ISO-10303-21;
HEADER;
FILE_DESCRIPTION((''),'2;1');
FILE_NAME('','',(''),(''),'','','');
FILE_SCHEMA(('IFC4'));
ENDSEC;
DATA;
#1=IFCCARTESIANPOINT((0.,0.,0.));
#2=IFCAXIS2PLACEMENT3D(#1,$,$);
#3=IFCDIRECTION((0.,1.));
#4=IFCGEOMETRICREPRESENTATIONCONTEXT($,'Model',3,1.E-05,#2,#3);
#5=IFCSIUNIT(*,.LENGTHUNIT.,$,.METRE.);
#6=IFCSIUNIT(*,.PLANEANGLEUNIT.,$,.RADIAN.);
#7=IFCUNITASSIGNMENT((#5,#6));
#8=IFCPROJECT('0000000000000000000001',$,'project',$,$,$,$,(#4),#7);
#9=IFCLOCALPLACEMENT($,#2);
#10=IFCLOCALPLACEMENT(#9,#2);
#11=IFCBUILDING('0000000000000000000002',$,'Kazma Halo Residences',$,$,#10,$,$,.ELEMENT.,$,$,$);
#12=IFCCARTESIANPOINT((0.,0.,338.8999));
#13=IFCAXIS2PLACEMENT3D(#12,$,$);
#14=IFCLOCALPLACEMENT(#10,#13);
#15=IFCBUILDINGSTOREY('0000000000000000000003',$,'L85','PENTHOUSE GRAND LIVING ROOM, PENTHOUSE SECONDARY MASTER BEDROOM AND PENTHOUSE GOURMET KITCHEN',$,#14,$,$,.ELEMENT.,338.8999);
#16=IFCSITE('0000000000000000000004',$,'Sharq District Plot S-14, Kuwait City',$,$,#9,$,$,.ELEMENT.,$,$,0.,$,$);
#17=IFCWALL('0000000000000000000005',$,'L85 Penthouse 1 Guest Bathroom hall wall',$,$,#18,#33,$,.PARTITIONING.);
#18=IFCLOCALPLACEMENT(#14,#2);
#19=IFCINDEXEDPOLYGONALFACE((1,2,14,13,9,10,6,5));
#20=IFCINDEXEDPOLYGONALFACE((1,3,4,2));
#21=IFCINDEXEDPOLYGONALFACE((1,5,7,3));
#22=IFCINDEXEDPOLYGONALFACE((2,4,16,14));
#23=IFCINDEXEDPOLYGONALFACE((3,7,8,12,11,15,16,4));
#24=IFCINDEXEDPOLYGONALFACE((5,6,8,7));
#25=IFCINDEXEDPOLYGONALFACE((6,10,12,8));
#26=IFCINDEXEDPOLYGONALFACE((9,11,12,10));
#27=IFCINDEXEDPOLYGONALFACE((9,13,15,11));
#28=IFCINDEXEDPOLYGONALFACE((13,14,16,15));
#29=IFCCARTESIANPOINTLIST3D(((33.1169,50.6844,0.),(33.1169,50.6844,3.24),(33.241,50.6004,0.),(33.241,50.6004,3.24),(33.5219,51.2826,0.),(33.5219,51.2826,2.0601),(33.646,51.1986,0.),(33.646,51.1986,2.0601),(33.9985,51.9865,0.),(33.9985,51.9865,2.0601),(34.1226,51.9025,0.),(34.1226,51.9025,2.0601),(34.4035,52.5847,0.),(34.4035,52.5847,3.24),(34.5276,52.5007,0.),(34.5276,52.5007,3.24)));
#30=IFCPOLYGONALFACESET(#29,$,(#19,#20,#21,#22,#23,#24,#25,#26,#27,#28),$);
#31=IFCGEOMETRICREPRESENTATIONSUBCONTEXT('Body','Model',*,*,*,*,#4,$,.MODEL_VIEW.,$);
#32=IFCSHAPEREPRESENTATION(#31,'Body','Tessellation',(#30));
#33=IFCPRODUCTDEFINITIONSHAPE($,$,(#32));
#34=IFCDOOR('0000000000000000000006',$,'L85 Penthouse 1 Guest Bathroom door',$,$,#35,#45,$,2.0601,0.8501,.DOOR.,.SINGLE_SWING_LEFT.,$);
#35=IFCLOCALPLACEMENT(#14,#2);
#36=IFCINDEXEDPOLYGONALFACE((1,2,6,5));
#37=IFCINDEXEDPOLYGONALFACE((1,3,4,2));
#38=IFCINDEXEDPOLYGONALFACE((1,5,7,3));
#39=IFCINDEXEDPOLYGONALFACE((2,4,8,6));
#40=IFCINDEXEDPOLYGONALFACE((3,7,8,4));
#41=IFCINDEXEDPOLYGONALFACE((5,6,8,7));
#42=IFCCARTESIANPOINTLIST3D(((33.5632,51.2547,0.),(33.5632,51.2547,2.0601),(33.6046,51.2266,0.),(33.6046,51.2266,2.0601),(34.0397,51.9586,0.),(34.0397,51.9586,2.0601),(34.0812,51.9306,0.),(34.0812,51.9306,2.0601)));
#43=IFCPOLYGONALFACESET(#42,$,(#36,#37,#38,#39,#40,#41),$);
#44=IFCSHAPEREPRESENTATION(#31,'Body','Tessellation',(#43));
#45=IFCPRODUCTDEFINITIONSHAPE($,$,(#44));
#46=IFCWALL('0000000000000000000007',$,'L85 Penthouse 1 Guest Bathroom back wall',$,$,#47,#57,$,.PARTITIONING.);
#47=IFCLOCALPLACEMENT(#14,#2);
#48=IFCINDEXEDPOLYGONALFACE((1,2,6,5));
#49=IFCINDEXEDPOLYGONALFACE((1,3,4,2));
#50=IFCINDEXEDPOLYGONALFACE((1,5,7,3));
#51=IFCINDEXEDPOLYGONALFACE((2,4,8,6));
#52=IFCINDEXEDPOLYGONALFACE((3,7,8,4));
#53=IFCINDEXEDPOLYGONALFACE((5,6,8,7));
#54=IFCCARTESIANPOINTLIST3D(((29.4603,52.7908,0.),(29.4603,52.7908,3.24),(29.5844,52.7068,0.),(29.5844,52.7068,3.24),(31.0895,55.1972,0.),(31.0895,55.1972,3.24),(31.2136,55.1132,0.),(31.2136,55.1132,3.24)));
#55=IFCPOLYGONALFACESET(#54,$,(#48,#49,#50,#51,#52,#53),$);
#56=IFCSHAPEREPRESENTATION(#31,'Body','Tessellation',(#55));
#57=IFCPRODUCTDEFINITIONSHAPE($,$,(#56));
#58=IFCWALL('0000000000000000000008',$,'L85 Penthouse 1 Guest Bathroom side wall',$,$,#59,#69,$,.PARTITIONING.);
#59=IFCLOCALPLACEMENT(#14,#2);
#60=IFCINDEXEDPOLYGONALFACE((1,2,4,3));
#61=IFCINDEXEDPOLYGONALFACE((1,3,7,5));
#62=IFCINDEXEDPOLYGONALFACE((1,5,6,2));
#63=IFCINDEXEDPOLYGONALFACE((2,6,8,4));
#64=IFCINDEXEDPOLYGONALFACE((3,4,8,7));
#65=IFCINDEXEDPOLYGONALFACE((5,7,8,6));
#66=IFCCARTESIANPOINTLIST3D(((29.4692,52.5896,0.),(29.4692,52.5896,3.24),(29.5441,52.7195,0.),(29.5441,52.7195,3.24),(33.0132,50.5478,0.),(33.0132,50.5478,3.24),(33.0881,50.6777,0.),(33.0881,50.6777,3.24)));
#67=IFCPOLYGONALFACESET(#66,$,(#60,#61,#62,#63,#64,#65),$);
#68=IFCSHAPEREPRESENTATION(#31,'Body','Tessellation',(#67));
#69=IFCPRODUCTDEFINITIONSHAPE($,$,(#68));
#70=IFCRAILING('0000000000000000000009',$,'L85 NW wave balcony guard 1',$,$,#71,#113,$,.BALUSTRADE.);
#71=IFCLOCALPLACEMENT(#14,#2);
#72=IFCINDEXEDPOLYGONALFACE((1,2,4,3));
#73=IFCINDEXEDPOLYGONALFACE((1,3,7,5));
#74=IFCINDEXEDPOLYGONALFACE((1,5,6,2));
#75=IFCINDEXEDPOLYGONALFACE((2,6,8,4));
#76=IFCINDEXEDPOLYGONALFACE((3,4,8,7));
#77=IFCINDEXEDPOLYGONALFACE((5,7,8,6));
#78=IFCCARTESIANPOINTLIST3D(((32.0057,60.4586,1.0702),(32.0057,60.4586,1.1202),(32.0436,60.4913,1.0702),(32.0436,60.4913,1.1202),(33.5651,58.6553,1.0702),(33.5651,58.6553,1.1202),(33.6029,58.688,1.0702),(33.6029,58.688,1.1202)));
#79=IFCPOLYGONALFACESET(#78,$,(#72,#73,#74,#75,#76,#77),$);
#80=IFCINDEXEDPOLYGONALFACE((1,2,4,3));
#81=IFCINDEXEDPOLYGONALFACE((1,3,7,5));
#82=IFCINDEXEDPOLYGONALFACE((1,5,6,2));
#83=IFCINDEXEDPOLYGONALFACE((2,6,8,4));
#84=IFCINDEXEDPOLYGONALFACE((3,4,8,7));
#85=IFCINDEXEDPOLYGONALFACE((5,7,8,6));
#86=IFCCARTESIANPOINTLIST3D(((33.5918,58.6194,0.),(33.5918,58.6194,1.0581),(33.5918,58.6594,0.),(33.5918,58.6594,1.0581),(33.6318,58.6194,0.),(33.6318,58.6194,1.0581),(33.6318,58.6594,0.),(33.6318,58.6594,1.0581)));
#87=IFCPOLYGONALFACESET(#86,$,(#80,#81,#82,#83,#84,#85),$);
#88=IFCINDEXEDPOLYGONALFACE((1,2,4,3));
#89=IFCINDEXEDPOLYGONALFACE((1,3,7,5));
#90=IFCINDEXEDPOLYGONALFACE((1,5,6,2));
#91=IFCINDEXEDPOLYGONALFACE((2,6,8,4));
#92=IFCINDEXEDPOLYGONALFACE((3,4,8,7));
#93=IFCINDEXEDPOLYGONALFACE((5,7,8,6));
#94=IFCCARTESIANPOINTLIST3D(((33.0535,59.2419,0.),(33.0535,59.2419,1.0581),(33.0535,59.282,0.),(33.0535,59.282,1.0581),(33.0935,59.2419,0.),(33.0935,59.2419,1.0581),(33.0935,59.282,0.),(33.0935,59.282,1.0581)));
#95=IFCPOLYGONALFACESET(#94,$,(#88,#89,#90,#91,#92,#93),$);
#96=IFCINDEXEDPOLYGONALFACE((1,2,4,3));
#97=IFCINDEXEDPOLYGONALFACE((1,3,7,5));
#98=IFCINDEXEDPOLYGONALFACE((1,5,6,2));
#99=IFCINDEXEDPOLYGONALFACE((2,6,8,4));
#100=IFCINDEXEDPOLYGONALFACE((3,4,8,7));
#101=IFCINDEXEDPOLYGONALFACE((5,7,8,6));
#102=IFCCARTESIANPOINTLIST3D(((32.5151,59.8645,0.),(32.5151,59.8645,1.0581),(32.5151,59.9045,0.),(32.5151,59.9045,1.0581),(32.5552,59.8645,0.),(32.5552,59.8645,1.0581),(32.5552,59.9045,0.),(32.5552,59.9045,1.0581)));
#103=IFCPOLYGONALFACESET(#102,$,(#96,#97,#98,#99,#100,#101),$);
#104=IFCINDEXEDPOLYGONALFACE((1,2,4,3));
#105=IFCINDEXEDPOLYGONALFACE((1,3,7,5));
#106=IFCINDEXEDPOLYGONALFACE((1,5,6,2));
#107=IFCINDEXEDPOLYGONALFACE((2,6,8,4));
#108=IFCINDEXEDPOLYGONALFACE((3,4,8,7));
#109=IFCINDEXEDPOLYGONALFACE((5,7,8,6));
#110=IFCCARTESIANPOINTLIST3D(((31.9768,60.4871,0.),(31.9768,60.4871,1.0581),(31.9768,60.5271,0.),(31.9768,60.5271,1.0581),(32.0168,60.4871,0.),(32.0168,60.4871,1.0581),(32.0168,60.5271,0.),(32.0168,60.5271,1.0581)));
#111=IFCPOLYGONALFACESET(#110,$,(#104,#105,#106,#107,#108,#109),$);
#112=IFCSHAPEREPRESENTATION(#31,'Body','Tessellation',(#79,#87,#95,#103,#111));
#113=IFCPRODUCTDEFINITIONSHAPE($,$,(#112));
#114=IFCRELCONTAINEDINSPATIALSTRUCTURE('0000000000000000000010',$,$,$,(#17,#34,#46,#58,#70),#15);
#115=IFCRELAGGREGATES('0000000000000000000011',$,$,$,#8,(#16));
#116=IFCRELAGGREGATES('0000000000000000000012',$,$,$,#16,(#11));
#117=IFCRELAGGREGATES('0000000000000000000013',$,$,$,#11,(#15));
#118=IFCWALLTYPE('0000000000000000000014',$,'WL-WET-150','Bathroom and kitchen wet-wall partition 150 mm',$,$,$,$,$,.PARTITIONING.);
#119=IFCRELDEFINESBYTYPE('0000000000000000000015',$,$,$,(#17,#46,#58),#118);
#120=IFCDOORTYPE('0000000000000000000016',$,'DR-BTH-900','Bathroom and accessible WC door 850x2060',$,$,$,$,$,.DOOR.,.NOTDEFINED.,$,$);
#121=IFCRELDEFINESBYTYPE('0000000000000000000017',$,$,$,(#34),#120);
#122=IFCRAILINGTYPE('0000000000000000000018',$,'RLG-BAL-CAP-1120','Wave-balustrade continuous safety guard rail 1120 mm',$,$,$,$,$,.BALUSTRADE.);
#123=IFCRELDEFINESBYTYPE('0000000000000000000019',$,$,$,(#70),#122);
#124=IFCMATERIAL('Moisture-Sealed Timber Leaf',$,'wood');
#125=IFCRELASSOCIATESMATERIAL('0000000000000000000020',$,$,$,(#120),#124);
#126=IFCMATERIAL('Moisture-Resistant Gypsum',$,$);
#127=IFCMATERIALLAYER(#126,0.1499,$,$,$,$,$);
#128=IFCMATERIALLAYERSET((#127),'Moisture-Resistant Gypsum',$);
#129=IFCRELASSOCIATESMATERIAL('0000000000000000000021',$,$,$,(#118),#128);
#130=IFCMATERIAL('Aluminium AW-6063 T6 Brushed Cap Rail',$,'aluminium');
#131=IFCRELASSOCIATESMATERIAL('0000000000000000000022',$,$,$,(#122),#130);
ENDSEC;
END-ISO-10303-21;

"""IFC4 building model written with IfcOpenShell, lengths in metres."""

from ifc_helpers import new_model, si_unit, direction, frame, frame_2d, origin, origin_2d, place, context, subcontext, project, spatial, rectangle, extrude, material, layer, layer_set, type_object, element, fill, save


model = new_model("IFC4")

# Units and contexts
model_context = context("Model", 3, precision=1e-05, world=origin(), true_north=direction((0.0, 1.0)))
body_context = subcontext(model_context, "Body", "Model", "MODEL_VIEW")
ifc_project = project(units=[si_unit("LENGTHUNIT", "METRE"), si_unit("PLANEANGLEUNIT", "RADIAN")], contexts=[model_context])

# Site, building, storey
site_placement = place(None, origin())
site = spatial("IfcSite", under=ifc_project, at=site_placement, Name="Sharq District Plot S-14, Kuwait City", CompositionType="ELEMENT", RefElevation=0.0)
building_placement = place(site_placement, origin())
building = spatial("IfcBuilding", under=site, at=building_placement, Name="Kazma Halo Residences", CompositionType="ELEMENT")
storey_placement = place(building_placement, frame((0.0, 0.0, 338.8999)))
storey = spatial("IfcBuildingStorey", under=building, at=storey_placement, Name="L85", Description="PENTHOUSE GRAND LIVING ROOM, PENTHOUSE SECONDARY MASTER BEDROOM AND PENTHOUSE GOURMET KITCHEN", CompositionType="ELEMENT", Elevation=338.8999)

# Wall, opening, door
ifc_material_1 = material(Name="Moisture-Sealed Timber Leaf", Category="wood")
door_type_1 = type_object("IfcDoorType", Name="DR-BTH-900", Description="Bathroom and accessible WC door 850x2060", OperationType="NOTDEFINED", PredefinedType="DOOR", material=ifc_material_1)
ifc_material_2 = material(Name="Moisture-Resistant Gypsum")
ifc_layer_1 = layer(ifc_material_2, 0.1499)
ifc_layer_set_1 = layer_set([ifc_layer_1], Name="Moisture-Resistant Gypsum")
wall_type_1 = type_object("IfcWallType", Name="WL-WET-150", Description="Bathroom and kitchen wet-wall partition 150 mm", PredefinedType="PARTITIONING", material=ifc_layer_set_1)
wall_1_placement = place(storey_placement, frame((34.4656, 52.5427, 0.0), z_axis=(0.0, 0.0, 1.0), x_axis=(-0.560627, -0.828068, 0.0)))
wall_1 = element("IfcWall", 1, at=wall_1_placement, inside=storey, type_object=wall_type_1, Name="L85 Penthouse 1 Guest Bathroom hall wall", PredefinedType="PARTITIONING", context=body_context, shape_type="SweptSolid", body=[
    extrude(rectangle(XDim=2.2949, YDim=0.1499, at=frame_2d((1.1475, 0.0))), origin(), (0.0, 0.0, 1.0), 3.24),
])
opening_1_placement = place(wall_1_placement, frame((0.7224, 0.0, 0.0)))
opening_1 = element("IfcOpeningElement", 2, at=opening_1_placement, cuts=wall_1, PredefinedType="OPENING", context=body_context, shape_type="SweptSolid", body=[
    extrude(rectangle(XDim=0.8501, YDim=2.0601, at=frame_2d((0.425, 1.03))), frame((0.0, 0.085, 0.0), z_axis=(0.0, -1.0, 0.0), x_axis=(1.0, 0.0, 0.0)), (0.0, 0.0, 1.0), 0.1699),
])
door_1_placement = place(opening_1_placement, origin())
door_1 = element("IfcDoor", 3, at=door_1_placement, inside=storey, type_object=door_type_1, Name="L85 Penthouse 1 Guest Bathroom door", OperationType="SINGLE_SWING_LEFT", OverallHeight=2.0601, OverallWidth=0.8501, PredefinedType="DOOR", context=body_context, shape_type="SweptSolid", body=[
    extrude(rectangle(XDim=0.8501, YDim=2.0601, at=frame_2d((0.425, 1.03))), frame((0.0, 0.0249, 0.0), z_axis=(0.0, -1.0, 0.0), x_axis=(1.0, 0.0, 0.0)), (0.0, 0.0, 1.0), 0.05),
])
fill(opening_1, door_1)

# Walls
wall_2_placement = place(storey_placement, frame((31.1516, 55.1553, 0.0), z_axis=(0.0, 0.0, 1.0), x_axis=(-0.560638, -0.828061, 0.0)))
element("IfcWall", 4, at=wall_2_placement, inside=storey, type_object=wall_type_1, Name="L85 Penthouse 1 Guest Bathroom back wall", PredefinedType="PARTITIONING", context=body_context, shape_type="SweptSolid", body=[
    extrude(rectangle(XDim=2.906, YDim=0.1499, at=frame_2d((1.4531, 0.0))), origin(), (0.0, 0.0, 1.0), 3.24),
])
wall_3_placement = place(storey_placement, frame((33.0505, 50.6128, 0.0), z_axis=(0.0, 0.0, 1.0), x_axis=(-0.866486, 0.499202, 0.0)))
element("IfcWall", 5, at=wall_3_placement, inside=storey, type_object=wall_type_1, Name="L85 Penthouse 1 Guest Bathroom side wall", PredefinedType="PARTITIONING", context=body_context, shape_type="SweptSolid", body=[
    extrude(rectangle(XDim=4.0901, YDim=0.1499, at=frame_2d((2.0449, 0.0))), origin(), (0.0, 0.0, 1.0), 3.24),
])

# Railing
ifc_material_3 = material(Name="Aluminium AW-6063 T6 Brushed Cap Rail", Category="aluminium")
railing_type = type_object("IfcRailingType", Name="RLG-BAL-CAP-1120", Description="Wave-balustrade continuous safety guard rail 1120 mm", PredefinedType="BALUSTRADE", material=ifc_material_3)
railing_1_placement = place(storey_placement, frame((33.6118, 58.6394, 0.0)))
element("IfcRailing", 6, at=railing_1_placement, inside=storey, type_object=railing_type, Name="L85 NW wave balcony guard 1", PredefinedType="BALUSTRADE", context=body_context, shape_type="SweptSolid", body=[
    extrude(rectangle(XDim=0.05, YDim=0.05, at=origin_2d()), frame((-0.0278, 0.0322, 1.0952), z_axis=(-0.654083, 0.756423, 0.0), x_axis=(-0.756423, -0.654083, 0.0)), (0.0, 0.0, 1.0), 2.384),
    extrude(rectangle(XDim=0.04, YDim=0.04, at=origin_2d()), origin(), (0.0, 0.0, 1.0), 1.0581),
    extrude(rectangle(XDim=0.04, YDim=0.04, at=origin_2d()), frame((-0.5383, 0.6226, 0.0)), (0.0, 0.0, 1.0), 1.0581),
    extrude(rectangle(XDim=0.04, YDim=0.04, at=origin_2d()), frame((-1.0767, 1.2451, 0.0)), (0.0, 0.0, 1.0), 1.0581),
    extrude(rectangle(XDim=0.04, YDim=0.04, at=origin_2d()), frame((-1.615, 1.8677, 0.0)), (0.0, 0.0, 1.0), 1.0581),
])

save(model, "model.ifc")
